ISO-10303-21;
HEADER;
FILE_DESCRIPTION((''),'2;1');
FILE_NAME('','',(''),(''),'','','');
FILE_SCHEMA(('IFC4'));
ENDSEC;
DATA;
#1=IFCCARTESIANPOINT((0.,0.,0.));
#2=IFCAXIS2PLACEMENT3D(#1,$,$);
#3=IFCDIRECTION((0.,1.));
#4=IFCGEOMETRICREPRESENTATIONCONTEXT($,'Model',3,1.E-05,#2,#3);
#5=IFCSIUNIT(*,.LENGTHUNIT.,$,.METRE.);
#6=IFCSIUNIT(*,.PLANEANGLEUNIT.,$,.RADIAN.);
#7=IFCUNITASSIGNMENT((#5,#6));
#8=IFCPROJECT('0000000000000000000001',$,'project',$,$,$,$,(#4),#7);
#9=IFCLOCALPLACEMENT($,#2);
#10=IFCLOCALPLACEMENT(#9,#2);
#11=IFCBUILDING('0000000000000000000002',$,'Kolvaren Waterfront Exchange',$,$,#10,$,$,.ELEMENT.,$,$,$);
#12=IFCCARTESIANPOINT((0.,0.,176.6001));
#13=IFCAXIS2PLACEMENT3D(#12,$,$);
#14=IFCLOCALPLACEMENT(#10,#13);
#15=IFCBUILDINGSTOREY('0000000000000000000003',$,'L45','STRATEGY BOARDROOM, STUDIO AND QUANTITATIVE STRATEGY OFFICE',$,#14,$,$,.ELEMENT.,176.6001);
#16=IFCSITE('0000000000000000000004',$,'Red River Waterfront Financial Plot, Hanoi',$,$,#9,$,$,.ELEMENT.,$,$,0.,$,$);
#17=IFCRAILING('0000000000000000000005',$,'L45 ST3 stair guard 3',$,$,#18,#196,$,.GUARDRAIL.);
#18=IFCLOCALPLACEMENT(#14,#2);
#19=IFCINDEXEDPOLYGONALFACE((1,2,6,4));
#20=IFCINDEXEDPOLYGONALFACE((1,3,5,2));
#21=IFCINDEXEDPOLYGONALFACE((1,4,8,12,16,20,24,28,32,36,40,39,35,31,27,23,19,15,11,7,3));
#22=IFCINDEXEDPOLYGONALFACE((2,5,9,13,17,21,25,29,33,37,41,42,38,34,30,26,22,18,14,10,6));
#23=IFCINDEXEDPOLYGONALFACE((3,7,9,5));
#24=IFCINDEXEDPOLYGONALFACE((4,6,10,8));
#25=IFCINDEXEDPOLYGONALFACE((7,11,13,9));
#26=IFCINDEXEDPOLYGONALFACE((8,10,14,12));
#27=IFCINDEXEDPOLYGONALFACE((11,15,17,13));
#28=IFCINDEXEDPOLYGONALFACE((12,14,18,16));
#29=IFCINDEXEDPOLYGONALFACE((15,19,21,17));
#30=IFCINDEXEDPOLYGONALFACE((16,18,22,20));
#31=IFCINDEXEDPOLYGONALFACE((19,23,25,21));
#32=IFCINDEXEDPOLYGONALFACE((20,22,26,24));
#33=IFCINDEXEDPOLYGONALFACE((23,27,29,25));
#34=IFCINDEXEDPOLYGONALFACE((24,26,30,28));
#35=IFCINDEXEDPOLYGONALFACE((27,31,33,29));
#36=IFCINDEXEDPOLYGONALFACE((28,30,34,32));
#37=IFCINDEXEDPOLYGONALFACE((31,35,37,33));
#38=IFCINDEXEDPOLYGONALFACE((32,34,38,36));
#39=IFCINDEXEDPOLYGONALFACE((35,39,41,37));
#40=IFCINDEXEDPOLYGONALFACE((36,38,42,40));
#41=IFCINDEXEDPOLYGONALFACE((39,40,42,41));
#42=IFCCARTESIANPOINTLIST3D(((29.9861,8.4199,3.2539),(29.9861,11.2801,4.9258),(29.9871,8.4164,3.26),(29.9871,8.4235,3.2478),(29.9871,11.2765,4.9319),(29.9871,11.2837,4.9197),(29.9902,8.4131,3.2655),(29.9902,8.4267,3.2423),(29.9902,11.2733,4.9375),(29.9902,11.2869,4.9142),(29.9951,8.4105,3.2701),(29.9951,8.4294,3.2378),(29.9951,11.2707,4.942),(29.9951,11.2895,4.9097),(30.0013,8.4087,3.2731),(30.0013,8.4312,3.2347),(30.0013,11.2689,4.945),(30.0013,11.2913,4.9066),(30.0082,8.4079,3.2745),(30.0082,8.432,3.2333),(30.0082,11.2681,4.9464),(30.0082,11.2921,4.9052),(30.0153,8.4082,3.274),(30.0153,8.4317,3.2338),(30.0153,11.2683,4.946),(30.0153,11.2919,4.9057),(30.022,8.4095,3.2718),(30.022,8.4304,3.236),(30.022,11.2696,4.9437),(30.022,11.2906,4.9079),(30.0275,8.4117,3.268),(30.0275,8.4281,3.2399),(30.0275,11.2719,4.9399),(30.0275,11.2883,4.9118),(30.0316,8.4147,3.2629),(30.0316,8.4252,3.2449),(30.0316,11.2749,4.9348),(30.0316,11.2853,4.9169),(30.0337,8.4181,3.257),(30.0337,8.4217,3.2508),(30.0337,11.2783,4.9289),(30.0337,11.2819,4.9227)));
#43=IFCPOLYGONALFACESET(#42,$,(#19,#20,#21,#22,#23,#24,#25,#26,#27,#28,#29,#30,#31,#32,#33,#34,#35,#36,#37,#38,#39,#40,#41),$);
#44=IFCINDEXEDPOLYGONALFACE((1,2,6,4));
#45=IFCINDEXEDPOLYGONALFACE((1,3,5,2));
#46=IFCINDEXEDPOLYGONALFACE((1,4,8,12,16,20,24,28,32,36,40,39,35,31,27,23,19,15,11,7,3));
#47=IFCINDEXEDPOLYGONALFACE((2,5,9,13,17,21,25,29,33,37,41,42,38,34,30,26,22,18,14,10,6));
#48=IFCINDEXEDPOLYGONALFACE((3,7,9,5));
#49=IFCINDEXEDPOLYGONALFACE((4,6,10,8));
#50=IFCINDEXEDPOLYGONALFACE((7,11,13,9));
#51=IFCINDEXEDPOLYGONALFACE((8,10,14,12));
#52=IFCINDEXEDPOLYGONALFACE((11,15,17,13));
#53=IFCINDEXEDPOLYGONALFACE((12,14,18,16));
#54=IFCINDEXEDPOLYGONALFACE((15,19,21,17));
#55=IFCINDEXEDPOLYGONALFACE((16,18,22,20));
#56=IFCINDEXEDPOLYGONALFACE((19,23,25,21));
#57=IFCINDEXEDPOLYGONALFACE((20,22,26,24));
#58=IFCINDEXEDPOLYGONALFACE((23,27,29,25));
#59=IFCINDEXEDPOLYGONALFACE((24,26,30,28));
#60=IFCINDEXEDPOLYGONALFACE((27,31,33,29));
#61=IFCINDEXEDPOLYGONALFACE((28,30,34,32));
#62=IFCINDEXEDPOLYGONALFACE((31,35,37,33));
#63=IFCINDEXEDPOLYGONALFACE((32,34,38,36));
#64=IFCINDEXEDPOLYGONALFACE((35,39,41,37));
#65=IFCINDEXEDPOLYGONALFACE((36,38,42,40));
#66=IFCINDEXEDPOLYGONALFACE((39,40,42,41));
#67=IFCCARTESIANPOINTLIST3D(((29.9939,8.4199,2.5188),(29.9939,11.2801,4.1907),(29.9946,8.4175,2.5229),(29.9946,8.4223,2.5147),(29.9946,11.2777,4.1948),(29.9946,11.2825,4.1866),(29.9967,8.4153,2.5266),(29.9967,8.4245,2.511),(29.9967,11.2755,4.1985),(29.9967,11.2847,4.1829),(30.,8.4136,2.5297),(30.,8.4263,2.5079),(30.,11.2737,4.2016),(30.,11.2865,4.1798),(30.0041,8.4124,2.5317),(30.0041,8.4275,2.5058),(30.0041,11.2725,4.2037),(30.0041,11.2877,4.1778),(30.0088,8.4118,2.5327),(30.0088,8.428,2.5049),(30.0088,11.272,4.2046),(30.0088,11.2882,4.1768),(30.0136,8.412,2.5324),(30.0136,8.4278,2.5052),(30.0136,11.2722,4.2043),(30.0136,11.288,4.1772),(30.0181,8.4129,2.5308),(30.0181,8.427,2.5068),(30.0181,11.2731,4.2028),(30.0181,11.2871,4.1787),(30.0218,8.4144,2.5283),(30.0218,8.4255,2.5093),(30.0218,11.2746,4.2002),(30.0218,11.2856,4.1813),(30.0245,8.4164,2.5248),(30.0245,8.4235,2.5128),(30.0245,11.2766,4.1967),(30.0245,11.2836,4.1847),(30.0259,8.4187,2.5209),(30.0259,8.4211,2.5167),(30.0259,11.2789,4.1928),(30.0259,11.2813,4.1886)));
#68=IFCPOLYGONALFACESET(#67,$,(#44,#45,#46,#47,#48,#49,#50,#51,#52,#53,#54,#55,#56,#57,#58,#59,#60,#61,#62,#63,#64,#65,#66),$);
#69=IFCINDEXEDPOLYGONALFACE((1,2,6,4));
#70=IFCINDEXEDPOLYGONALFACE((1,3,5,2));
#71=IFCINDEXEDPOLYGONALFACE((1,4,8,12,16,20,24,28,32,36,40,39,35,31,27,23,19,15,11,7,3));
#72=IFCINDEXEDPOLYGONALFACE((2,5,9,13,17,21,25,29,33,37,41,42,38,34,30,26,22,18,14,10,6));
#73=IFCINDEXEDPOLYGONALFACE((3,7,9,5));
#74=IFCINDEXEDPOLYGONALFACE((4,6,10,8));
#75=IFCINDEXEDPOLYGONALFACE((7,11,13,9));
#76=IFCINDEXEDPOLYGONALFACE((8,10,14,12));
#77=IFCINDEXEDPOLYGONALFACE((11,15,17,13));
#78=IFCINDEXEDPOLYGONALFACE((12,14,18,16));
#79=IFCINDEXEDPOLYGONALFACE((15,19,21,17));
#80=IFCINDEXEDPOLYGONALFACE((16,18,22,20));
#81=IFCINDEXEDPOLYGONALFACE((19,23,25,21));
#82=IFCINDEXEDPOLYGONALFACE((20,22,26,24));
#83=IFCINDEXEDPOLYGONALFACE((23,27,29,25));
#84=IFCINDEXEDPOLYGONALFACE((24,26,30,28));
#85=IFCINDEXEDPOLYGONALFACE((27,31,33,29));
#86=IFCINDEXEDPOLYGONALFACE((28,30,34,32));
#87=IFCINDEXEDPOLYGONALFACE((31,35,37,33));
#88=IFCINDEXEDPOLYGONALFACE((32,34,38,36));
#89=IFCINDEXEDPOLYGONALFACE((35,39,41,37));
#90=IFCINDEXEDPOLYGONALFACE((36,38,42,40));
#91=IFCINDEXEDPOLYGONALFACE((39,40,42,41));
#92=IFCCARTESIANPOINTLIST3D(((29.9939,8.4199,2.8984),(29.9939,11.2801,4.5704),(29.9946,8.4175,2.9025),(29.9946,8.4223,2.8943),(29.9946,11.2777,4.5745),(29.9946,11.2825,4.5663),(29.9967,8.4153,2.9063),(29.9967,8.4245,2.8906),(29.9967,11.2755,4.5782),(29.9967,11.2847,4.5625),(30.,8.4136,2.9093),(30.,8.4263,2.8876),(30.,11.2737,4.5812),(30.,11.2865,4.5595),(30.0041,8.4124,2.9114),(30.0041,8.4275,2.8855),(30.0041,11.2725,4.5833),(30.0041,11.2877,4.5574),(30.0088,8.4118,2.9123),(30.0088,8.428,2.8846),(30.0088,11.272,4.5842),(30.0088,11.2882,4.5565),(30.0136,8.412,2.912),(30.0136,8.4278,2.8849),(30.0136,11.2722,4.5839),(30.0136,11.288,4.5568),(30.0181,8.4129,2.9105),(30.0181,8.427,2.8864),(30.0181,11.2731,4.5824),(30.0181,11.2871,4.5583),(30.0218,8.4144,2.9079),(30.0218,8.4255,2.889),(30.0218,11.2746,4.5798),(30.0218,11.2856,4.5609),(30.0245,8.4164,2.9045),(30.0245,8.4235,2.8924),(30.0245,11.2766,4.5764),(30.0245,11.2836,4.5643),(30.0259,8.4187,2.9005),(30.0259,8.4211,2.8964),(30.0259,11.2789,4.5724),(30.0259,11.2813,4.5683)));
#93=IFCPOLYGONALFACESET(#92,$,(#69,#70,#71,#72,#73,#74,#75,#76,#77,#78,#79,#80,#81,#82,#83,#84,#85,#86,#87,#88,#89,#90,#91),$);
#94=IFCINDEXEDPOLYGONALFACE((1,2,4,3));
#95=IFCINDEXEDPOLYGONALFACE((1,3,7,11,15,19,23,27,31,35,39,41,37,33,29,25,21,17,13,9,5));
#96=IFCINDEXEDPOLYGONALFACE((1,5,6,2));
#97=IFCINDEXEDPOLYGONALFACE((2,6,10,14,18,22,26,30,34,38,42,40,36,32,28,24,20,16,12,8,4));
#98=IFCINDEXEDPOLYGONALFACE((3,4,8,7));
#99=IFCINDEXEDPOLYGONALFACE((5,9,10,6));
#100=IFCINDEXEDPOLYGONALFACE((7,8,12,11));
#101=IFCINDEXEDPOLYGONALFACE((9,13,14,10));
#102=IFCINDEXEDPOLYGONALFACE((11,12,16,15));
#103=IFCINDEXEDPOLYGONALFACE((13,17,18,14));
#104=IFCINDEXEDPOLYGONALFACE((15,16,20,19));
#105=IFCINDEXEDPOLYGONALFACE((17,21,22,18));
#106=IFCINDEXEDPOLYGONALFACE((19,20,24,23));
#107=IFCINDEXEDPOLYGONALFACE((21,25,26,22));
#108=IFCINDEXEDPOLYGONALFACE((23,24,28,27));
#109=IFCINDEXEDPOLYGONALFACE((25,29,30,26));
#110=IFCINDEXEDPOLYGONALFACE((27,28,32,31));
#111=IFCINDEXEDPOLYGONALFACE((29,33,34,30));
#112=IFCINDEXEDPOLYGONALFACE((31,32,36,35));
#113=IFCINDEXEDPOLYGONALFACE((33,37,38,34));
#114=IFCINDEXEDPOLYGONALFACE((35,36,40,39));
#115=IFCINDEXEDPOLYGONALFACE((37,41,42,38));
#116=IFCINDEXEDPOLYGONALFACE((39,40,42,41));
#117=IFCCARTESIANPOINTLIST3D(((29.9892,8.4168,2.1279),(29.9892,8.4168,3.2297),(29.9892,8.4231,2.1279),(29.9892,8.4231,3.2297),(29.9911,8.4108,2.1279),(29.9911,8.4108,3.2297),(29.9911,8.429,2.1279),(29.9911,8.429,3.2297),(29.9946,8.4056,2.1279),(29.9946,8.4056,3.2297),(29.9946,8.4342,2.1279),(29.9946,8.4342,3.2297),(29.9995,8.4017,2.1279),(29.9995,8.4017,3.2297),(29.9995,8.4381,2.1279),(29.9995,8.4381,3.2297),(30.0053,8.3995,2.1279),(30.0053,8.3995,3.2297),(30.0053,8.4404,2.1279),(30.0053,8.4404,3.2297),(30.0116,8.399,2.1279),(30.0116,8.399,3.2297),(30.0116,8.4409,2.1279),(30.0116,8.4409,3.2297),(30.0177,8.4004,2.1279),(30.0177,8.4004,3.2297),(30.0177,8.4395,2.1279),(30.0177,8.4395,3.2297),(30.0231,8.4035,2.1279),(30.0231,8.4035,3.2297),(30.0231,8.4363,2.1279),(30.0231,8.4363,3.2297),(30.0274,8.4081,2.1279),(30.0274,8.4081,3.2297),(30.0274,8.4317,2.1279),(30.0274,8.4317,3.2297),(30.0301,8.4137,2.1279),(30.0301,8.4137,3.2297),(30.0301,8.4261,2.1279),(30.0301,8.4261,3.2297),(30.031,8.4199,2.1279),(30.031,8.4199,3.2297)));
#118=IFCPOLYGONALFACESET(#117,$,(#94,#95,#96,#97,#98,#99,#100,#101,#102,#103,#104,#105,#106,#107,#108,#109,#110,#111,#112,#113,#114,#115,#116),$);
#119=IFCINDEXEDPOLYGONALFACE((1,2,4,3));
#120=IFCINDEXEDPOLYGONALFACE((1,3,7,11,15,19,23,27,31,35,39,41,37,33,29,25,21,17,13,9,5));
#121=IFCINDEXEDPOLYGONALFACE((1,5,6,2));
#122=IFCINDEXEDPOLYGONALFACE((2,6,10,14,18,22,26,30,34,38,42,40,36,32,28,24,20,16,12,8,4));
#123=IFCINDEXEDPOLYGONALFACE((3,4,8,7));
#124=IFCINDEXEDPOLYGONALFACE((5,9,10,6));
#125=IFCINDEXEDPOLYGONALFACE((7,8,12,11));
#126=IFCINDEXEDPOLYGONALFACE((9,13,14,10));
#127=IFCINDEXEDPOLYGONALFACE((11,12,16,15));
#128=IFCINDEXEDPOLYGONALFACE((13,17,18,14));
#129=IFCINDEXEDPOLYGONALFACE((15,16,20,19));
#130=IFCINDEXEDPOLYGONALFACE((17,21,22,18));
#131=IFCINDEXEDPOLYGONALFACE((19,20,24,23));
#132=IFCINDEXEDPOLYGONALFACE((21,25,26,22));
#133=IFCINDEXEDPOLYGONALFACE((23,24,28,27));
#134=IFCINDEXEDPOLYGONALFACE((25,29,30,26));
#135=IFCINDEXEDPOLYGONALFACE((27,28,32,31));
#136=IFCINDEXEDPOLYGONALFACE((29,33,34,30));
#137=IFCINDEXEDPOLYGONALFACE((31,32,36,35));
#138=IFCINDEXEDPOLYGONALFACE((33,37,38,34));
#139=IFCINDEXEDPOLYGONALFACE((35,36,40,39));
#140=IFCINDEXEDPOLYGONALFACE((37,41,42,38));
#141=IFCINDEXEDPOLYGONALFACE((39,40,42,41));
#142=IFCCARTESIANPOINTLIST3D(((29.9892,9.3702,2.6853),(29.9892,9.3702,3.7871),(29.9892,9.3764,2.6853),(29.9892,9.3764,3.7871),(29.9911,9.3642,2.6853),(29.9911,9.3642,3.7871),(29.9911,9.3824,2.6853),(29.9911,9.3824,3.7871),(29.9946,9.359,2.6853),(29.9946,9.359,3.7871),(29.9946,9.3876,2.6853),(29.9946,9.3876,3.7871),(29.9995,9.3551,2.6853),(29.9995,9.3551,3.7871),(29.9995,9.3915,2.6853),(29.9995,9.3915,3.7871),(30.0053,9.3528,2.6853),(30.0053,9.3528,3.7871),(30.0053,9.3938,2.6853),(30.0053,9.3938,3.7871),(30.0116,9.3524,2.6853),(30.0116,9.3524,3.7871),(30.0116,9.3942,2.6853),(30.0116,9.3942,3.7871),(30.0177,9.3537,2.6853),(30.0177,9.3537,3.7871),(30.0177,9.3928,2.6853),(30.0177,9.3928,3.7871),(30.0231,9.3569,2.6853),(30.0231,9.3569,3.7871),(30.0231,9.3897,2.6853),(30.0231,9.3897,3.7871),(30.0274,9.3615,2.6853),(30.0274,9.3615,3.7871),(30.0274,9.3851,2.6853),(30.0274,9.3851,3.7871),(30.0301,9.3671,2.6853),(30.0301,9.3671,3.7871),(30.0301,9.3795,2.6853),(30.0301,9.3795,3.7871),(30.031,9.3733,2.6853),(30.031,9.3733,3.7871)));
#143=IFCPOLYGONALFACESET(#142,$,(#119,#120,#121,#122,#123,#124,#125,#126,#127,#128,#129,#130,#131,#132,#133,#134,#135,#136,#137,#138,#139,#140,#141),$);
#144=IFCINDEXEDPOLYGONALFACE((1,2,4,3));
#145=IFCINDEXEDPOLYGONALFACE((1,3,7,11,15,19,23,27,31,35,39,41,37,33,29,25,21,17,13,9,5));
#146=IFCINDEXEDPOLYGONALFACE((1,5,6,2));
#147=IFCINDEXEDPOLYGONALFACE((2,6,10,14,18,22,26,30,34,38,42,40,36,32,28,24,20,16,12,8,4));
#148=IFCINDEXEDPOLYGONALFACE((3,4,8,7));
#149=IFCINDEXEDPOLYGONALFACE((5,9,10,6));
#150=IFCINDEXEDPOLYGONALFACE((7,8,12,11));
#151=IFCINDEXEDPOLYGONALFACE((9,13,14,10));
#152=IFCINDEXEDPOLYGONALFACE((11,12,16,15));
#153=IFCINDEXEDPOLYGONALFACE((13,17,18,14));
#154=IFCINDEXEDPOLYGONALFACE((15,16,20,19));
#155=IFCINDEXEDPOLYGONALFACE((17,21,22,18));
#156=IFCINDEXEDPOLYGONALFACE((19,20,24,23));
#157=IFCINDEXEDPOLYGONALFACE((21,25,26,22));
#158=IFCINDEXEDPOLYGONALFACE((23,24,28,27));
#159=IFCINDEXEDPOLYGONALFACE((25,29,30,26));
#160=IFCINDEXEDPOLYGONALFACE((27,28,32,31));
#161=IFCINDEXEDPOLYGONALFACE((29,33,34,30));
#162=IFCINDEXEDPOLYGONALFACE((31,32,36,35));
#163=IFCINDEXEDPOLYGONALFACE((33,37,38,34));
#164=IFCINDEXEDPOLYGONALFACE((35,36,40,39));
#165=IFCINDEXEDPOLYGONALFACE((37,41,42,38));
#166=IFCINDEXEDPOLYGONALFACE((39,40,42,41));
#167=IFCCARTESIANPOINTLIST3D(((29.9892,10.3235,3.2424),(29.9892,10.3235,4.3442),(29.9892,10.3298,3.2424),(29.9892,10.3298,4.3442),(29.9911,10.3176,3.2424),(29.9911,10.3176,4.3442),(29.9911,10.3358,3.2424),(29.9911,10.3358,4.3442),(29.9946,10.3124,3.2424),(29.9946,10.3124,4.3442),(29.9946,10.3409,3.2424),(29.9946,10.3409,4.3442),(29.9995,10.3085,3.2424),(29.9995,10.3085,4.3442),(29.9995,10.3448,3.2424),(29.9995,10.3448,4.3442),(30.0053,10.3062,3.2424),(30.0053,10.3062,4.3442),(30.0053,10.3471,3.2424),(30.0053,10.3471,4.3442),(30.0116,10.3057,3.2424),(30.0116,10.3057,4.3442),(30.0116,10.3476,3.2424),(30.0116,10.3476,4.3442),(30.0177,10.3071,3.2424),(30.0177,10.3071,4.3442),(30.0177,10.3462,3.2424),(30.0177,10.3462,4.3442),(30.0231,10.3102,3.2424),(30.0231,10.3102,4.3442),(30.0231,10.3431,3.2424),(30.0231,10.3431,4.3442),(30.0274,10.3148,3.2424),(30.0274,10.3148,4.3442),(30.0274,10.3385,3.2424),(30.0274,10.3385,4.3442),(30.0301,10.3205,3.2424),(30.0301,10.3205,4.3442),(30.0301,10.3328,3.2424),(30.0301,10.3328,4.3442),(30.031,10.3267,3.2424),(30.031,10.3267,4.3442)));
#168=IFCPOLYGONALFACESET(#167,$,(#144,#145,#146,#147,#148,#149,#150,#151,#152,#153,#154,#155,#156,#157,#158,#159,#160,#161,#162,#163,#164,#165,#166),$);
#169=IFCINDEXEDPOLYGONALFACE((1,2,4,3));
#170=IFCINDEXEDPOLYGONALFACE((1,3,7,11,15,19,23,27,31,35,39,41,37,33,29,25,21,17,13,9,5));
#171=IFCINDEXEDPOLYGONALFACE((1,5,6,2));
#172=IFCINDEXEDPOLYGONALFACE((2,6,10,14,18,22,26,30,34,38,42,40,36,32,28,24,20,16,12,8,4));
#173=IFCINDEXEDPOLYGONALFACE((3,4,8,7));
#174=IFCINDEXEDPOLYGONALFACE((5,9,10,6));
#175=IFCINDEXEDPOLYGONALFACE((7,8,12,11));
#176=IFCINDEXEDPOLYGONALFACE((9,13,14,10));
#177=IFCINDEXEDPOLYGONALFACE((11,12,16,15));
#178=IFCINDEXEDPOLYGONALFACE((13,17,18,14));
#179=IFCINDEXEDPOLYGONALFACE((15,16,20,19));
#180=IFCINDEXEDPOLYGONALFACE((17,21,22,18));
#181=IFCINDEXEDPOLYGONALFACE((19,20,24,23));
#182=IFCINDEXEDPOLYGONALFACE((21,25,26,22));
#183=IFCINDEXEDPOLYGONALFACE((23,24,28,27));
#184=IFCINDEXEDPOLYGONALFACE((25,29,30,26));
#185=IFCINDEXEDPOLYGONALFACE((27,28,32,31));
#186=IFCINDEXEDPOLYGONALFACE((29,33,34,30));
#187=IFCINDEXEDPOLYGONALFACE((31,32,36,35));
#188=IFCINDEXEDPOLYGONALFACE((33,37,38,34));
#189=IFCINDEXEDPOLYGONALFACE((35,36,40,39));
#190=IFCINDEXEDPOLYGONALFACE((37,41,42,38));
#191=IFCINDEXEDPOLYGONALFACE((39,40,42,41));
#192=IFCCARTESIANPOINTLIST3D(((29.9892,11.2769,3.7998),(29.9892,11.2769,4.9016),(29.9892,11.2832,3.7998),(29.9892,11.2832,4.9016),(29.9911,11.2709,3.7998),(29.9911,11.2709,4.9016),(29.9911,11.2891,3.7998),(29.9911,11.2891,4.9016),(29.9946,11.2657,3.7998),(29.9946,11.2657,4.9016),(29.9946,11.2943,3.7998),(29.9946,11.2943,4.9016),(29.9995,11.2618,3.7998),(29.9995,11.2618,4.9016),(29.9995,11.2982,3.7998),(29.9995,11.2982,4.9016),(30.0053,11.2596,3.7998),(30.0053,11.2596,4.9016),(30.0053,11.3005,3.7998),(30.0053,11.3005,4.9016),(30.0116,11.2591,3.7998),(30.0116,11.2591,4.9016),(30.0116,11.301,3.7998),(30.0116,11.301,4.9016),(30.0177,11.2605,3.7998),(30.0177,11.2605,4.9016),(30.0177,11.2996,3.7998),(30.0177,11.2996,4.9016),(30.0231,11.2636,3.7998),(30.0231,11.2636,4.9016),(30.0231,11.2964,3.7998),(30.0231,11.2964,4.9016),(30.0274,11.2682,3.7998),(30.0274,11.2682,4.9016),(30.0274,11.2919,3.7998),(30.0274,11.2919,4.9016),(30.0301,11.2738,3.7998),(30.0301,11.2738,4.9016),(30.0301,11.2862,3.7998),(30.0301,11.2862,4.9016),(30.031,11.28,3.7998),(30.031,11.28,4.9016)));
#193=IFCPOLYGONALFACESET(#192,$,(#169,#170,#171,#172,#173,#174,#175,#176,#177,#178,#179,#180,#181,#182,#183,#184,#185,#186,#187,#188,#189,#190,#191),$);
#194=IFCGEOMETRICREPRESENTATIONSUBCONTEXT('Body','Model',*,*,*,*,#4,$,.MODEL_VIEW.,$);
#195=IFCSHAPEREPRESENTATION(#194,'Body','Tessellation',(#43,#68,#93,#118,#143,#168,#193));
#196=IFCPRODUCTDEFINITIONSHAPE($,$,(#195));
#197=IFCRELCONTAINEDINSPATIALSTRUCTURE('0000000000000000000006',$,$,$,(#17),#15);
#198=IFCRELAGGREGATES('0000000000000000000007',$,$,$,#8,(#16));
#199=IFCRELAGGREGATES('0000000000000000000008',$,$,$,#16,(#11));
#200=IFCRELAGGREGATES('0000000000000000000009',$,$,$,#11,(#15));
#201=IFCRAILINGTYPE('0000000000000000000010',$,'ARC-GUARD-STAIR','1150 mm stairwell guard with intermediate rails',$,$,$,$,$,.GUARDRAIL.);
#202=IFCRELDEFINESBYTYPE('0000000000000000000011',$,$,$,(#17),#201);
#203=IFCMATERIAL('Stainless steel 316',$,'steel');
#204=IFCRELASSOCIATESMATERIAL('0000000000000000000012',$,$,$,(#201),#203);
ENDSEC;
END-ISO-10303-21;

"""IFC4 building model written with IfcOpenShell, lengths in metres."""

from ifc_helpers import new_model, si_unit, direction, frame, origin, origin_2d, place, context, subcontext, project, spatial, circle, extrude, material, type_object, element, save


model = new_model("IFC4")

# Units and contexts
model_context = context("Model", 3, precision=1e-05, world=origin(), true_north=direction((0.0, 1.0)))
body_context = subcontext(model_context, "Body", "Model", "MODEL_VIEW")
ifc_project = project(units=[si_unit("LENGTHUNIT", "METRE"), si_unit("PLANEANGLEUNIT", "RADIAN")], contexts=[model_context])

# Site, building, storey
site_placement = place(None, origin())
site = spatial("IfcSite", under=ifc_project, at=site_placement, Name="Red River Waterfront Financial Plot, Hanoi", CompositionType="ELEMENT", RefElevation=0.0)
building_placement = place(site_placement, origin())
building = spatial("IfcBuilding", under=site, at=building_placement, Name="Kolvaren Waterfront Exchange", CompositionType="ELEMENT")
storey_placement = place(building_placement, frame((0.0, 0.0, 176.6001)))
storey = spatial("IfcBuildingStorey", under=building, at=storey_placement, Name="L45", Description="STRATEGY BOARDROOM, STUDIO AND QUANTITATIVE STRATEGY OFFICE", CompositionType="ELEMENT", Elevation=176.6001)

# Railing
ifc_material_1 = material(Name="Stainless steel 316", Category="steel")
railing_type_1 = type_object("IfcRailingType", Name="ARC-GUARD-STAIR", Description="1150 mm stairwell guard with intermediate rails", PredefinedType="GUARDRAIL", material=ifc_material_1)
railing_1_placement = place(storey_placement, frame((30.01, 8.4199, 2.1279)))
element("IfcRailing", 1, at=railing_1_placement, inside=storey, type_object=railing_type_1, Name="L45 ST3 stair guard 3", PredefinedType="GUARDRAIL", context=body_context, shape_type="SweptSolid", body=[
    extrude(circle(Radius=0.0239, at=origin_2d()), frame((0.0, 0.0, 1.126), z_axis=(0.0, 0.863321, 0.504654), x_axis=(-1.0, 0.0, 0.0)), (0.0, 0.0, 1.0), 3.313),
    extrude(circle(Radius=0.0161, at=origin_2d()), frame((0.0, 0.0, 0.3909), z_axis=(0.0, 0.863321, 0.504654), x_axis=(-1.0, 0.0, 0.0)), (0.0, 0.0, 1.0), 3.313),
    extrude(circle(Radius=0.0161, at=origin_2d()), frame((0.0, 0.0, 0.7705), z_axis=(0.0, 0.863321, 0.504654), x_axis=(-1.0, 0.0, 0.0)), (0.0, 0.0, 1.0), 3.313),
    extrude(circle(Radius=0.021, at=origin_2d()), origin(), (0.0, 0.0, 1.0), 1.1018),
    extrude(circle(Radius=0.021, at=origin_2d()), frame((0.0, 0.9534, 0.5574)), (0.0, 0.0, 1.0), 1.1018),
    extrude(circle(Radius=0.021, at=origin_2d()), frame((0.0, 1.9067, 1.1145)), (0.0, 0.0, 1.0), 1.1018),
    extrude(circle(Radius=0.021, at=origin_2d()), frame((0.0, 2.8601, 1.6719)), (0.0, 0.0, 1.0), 1.1018),
])

save(model, "model.ifc")
